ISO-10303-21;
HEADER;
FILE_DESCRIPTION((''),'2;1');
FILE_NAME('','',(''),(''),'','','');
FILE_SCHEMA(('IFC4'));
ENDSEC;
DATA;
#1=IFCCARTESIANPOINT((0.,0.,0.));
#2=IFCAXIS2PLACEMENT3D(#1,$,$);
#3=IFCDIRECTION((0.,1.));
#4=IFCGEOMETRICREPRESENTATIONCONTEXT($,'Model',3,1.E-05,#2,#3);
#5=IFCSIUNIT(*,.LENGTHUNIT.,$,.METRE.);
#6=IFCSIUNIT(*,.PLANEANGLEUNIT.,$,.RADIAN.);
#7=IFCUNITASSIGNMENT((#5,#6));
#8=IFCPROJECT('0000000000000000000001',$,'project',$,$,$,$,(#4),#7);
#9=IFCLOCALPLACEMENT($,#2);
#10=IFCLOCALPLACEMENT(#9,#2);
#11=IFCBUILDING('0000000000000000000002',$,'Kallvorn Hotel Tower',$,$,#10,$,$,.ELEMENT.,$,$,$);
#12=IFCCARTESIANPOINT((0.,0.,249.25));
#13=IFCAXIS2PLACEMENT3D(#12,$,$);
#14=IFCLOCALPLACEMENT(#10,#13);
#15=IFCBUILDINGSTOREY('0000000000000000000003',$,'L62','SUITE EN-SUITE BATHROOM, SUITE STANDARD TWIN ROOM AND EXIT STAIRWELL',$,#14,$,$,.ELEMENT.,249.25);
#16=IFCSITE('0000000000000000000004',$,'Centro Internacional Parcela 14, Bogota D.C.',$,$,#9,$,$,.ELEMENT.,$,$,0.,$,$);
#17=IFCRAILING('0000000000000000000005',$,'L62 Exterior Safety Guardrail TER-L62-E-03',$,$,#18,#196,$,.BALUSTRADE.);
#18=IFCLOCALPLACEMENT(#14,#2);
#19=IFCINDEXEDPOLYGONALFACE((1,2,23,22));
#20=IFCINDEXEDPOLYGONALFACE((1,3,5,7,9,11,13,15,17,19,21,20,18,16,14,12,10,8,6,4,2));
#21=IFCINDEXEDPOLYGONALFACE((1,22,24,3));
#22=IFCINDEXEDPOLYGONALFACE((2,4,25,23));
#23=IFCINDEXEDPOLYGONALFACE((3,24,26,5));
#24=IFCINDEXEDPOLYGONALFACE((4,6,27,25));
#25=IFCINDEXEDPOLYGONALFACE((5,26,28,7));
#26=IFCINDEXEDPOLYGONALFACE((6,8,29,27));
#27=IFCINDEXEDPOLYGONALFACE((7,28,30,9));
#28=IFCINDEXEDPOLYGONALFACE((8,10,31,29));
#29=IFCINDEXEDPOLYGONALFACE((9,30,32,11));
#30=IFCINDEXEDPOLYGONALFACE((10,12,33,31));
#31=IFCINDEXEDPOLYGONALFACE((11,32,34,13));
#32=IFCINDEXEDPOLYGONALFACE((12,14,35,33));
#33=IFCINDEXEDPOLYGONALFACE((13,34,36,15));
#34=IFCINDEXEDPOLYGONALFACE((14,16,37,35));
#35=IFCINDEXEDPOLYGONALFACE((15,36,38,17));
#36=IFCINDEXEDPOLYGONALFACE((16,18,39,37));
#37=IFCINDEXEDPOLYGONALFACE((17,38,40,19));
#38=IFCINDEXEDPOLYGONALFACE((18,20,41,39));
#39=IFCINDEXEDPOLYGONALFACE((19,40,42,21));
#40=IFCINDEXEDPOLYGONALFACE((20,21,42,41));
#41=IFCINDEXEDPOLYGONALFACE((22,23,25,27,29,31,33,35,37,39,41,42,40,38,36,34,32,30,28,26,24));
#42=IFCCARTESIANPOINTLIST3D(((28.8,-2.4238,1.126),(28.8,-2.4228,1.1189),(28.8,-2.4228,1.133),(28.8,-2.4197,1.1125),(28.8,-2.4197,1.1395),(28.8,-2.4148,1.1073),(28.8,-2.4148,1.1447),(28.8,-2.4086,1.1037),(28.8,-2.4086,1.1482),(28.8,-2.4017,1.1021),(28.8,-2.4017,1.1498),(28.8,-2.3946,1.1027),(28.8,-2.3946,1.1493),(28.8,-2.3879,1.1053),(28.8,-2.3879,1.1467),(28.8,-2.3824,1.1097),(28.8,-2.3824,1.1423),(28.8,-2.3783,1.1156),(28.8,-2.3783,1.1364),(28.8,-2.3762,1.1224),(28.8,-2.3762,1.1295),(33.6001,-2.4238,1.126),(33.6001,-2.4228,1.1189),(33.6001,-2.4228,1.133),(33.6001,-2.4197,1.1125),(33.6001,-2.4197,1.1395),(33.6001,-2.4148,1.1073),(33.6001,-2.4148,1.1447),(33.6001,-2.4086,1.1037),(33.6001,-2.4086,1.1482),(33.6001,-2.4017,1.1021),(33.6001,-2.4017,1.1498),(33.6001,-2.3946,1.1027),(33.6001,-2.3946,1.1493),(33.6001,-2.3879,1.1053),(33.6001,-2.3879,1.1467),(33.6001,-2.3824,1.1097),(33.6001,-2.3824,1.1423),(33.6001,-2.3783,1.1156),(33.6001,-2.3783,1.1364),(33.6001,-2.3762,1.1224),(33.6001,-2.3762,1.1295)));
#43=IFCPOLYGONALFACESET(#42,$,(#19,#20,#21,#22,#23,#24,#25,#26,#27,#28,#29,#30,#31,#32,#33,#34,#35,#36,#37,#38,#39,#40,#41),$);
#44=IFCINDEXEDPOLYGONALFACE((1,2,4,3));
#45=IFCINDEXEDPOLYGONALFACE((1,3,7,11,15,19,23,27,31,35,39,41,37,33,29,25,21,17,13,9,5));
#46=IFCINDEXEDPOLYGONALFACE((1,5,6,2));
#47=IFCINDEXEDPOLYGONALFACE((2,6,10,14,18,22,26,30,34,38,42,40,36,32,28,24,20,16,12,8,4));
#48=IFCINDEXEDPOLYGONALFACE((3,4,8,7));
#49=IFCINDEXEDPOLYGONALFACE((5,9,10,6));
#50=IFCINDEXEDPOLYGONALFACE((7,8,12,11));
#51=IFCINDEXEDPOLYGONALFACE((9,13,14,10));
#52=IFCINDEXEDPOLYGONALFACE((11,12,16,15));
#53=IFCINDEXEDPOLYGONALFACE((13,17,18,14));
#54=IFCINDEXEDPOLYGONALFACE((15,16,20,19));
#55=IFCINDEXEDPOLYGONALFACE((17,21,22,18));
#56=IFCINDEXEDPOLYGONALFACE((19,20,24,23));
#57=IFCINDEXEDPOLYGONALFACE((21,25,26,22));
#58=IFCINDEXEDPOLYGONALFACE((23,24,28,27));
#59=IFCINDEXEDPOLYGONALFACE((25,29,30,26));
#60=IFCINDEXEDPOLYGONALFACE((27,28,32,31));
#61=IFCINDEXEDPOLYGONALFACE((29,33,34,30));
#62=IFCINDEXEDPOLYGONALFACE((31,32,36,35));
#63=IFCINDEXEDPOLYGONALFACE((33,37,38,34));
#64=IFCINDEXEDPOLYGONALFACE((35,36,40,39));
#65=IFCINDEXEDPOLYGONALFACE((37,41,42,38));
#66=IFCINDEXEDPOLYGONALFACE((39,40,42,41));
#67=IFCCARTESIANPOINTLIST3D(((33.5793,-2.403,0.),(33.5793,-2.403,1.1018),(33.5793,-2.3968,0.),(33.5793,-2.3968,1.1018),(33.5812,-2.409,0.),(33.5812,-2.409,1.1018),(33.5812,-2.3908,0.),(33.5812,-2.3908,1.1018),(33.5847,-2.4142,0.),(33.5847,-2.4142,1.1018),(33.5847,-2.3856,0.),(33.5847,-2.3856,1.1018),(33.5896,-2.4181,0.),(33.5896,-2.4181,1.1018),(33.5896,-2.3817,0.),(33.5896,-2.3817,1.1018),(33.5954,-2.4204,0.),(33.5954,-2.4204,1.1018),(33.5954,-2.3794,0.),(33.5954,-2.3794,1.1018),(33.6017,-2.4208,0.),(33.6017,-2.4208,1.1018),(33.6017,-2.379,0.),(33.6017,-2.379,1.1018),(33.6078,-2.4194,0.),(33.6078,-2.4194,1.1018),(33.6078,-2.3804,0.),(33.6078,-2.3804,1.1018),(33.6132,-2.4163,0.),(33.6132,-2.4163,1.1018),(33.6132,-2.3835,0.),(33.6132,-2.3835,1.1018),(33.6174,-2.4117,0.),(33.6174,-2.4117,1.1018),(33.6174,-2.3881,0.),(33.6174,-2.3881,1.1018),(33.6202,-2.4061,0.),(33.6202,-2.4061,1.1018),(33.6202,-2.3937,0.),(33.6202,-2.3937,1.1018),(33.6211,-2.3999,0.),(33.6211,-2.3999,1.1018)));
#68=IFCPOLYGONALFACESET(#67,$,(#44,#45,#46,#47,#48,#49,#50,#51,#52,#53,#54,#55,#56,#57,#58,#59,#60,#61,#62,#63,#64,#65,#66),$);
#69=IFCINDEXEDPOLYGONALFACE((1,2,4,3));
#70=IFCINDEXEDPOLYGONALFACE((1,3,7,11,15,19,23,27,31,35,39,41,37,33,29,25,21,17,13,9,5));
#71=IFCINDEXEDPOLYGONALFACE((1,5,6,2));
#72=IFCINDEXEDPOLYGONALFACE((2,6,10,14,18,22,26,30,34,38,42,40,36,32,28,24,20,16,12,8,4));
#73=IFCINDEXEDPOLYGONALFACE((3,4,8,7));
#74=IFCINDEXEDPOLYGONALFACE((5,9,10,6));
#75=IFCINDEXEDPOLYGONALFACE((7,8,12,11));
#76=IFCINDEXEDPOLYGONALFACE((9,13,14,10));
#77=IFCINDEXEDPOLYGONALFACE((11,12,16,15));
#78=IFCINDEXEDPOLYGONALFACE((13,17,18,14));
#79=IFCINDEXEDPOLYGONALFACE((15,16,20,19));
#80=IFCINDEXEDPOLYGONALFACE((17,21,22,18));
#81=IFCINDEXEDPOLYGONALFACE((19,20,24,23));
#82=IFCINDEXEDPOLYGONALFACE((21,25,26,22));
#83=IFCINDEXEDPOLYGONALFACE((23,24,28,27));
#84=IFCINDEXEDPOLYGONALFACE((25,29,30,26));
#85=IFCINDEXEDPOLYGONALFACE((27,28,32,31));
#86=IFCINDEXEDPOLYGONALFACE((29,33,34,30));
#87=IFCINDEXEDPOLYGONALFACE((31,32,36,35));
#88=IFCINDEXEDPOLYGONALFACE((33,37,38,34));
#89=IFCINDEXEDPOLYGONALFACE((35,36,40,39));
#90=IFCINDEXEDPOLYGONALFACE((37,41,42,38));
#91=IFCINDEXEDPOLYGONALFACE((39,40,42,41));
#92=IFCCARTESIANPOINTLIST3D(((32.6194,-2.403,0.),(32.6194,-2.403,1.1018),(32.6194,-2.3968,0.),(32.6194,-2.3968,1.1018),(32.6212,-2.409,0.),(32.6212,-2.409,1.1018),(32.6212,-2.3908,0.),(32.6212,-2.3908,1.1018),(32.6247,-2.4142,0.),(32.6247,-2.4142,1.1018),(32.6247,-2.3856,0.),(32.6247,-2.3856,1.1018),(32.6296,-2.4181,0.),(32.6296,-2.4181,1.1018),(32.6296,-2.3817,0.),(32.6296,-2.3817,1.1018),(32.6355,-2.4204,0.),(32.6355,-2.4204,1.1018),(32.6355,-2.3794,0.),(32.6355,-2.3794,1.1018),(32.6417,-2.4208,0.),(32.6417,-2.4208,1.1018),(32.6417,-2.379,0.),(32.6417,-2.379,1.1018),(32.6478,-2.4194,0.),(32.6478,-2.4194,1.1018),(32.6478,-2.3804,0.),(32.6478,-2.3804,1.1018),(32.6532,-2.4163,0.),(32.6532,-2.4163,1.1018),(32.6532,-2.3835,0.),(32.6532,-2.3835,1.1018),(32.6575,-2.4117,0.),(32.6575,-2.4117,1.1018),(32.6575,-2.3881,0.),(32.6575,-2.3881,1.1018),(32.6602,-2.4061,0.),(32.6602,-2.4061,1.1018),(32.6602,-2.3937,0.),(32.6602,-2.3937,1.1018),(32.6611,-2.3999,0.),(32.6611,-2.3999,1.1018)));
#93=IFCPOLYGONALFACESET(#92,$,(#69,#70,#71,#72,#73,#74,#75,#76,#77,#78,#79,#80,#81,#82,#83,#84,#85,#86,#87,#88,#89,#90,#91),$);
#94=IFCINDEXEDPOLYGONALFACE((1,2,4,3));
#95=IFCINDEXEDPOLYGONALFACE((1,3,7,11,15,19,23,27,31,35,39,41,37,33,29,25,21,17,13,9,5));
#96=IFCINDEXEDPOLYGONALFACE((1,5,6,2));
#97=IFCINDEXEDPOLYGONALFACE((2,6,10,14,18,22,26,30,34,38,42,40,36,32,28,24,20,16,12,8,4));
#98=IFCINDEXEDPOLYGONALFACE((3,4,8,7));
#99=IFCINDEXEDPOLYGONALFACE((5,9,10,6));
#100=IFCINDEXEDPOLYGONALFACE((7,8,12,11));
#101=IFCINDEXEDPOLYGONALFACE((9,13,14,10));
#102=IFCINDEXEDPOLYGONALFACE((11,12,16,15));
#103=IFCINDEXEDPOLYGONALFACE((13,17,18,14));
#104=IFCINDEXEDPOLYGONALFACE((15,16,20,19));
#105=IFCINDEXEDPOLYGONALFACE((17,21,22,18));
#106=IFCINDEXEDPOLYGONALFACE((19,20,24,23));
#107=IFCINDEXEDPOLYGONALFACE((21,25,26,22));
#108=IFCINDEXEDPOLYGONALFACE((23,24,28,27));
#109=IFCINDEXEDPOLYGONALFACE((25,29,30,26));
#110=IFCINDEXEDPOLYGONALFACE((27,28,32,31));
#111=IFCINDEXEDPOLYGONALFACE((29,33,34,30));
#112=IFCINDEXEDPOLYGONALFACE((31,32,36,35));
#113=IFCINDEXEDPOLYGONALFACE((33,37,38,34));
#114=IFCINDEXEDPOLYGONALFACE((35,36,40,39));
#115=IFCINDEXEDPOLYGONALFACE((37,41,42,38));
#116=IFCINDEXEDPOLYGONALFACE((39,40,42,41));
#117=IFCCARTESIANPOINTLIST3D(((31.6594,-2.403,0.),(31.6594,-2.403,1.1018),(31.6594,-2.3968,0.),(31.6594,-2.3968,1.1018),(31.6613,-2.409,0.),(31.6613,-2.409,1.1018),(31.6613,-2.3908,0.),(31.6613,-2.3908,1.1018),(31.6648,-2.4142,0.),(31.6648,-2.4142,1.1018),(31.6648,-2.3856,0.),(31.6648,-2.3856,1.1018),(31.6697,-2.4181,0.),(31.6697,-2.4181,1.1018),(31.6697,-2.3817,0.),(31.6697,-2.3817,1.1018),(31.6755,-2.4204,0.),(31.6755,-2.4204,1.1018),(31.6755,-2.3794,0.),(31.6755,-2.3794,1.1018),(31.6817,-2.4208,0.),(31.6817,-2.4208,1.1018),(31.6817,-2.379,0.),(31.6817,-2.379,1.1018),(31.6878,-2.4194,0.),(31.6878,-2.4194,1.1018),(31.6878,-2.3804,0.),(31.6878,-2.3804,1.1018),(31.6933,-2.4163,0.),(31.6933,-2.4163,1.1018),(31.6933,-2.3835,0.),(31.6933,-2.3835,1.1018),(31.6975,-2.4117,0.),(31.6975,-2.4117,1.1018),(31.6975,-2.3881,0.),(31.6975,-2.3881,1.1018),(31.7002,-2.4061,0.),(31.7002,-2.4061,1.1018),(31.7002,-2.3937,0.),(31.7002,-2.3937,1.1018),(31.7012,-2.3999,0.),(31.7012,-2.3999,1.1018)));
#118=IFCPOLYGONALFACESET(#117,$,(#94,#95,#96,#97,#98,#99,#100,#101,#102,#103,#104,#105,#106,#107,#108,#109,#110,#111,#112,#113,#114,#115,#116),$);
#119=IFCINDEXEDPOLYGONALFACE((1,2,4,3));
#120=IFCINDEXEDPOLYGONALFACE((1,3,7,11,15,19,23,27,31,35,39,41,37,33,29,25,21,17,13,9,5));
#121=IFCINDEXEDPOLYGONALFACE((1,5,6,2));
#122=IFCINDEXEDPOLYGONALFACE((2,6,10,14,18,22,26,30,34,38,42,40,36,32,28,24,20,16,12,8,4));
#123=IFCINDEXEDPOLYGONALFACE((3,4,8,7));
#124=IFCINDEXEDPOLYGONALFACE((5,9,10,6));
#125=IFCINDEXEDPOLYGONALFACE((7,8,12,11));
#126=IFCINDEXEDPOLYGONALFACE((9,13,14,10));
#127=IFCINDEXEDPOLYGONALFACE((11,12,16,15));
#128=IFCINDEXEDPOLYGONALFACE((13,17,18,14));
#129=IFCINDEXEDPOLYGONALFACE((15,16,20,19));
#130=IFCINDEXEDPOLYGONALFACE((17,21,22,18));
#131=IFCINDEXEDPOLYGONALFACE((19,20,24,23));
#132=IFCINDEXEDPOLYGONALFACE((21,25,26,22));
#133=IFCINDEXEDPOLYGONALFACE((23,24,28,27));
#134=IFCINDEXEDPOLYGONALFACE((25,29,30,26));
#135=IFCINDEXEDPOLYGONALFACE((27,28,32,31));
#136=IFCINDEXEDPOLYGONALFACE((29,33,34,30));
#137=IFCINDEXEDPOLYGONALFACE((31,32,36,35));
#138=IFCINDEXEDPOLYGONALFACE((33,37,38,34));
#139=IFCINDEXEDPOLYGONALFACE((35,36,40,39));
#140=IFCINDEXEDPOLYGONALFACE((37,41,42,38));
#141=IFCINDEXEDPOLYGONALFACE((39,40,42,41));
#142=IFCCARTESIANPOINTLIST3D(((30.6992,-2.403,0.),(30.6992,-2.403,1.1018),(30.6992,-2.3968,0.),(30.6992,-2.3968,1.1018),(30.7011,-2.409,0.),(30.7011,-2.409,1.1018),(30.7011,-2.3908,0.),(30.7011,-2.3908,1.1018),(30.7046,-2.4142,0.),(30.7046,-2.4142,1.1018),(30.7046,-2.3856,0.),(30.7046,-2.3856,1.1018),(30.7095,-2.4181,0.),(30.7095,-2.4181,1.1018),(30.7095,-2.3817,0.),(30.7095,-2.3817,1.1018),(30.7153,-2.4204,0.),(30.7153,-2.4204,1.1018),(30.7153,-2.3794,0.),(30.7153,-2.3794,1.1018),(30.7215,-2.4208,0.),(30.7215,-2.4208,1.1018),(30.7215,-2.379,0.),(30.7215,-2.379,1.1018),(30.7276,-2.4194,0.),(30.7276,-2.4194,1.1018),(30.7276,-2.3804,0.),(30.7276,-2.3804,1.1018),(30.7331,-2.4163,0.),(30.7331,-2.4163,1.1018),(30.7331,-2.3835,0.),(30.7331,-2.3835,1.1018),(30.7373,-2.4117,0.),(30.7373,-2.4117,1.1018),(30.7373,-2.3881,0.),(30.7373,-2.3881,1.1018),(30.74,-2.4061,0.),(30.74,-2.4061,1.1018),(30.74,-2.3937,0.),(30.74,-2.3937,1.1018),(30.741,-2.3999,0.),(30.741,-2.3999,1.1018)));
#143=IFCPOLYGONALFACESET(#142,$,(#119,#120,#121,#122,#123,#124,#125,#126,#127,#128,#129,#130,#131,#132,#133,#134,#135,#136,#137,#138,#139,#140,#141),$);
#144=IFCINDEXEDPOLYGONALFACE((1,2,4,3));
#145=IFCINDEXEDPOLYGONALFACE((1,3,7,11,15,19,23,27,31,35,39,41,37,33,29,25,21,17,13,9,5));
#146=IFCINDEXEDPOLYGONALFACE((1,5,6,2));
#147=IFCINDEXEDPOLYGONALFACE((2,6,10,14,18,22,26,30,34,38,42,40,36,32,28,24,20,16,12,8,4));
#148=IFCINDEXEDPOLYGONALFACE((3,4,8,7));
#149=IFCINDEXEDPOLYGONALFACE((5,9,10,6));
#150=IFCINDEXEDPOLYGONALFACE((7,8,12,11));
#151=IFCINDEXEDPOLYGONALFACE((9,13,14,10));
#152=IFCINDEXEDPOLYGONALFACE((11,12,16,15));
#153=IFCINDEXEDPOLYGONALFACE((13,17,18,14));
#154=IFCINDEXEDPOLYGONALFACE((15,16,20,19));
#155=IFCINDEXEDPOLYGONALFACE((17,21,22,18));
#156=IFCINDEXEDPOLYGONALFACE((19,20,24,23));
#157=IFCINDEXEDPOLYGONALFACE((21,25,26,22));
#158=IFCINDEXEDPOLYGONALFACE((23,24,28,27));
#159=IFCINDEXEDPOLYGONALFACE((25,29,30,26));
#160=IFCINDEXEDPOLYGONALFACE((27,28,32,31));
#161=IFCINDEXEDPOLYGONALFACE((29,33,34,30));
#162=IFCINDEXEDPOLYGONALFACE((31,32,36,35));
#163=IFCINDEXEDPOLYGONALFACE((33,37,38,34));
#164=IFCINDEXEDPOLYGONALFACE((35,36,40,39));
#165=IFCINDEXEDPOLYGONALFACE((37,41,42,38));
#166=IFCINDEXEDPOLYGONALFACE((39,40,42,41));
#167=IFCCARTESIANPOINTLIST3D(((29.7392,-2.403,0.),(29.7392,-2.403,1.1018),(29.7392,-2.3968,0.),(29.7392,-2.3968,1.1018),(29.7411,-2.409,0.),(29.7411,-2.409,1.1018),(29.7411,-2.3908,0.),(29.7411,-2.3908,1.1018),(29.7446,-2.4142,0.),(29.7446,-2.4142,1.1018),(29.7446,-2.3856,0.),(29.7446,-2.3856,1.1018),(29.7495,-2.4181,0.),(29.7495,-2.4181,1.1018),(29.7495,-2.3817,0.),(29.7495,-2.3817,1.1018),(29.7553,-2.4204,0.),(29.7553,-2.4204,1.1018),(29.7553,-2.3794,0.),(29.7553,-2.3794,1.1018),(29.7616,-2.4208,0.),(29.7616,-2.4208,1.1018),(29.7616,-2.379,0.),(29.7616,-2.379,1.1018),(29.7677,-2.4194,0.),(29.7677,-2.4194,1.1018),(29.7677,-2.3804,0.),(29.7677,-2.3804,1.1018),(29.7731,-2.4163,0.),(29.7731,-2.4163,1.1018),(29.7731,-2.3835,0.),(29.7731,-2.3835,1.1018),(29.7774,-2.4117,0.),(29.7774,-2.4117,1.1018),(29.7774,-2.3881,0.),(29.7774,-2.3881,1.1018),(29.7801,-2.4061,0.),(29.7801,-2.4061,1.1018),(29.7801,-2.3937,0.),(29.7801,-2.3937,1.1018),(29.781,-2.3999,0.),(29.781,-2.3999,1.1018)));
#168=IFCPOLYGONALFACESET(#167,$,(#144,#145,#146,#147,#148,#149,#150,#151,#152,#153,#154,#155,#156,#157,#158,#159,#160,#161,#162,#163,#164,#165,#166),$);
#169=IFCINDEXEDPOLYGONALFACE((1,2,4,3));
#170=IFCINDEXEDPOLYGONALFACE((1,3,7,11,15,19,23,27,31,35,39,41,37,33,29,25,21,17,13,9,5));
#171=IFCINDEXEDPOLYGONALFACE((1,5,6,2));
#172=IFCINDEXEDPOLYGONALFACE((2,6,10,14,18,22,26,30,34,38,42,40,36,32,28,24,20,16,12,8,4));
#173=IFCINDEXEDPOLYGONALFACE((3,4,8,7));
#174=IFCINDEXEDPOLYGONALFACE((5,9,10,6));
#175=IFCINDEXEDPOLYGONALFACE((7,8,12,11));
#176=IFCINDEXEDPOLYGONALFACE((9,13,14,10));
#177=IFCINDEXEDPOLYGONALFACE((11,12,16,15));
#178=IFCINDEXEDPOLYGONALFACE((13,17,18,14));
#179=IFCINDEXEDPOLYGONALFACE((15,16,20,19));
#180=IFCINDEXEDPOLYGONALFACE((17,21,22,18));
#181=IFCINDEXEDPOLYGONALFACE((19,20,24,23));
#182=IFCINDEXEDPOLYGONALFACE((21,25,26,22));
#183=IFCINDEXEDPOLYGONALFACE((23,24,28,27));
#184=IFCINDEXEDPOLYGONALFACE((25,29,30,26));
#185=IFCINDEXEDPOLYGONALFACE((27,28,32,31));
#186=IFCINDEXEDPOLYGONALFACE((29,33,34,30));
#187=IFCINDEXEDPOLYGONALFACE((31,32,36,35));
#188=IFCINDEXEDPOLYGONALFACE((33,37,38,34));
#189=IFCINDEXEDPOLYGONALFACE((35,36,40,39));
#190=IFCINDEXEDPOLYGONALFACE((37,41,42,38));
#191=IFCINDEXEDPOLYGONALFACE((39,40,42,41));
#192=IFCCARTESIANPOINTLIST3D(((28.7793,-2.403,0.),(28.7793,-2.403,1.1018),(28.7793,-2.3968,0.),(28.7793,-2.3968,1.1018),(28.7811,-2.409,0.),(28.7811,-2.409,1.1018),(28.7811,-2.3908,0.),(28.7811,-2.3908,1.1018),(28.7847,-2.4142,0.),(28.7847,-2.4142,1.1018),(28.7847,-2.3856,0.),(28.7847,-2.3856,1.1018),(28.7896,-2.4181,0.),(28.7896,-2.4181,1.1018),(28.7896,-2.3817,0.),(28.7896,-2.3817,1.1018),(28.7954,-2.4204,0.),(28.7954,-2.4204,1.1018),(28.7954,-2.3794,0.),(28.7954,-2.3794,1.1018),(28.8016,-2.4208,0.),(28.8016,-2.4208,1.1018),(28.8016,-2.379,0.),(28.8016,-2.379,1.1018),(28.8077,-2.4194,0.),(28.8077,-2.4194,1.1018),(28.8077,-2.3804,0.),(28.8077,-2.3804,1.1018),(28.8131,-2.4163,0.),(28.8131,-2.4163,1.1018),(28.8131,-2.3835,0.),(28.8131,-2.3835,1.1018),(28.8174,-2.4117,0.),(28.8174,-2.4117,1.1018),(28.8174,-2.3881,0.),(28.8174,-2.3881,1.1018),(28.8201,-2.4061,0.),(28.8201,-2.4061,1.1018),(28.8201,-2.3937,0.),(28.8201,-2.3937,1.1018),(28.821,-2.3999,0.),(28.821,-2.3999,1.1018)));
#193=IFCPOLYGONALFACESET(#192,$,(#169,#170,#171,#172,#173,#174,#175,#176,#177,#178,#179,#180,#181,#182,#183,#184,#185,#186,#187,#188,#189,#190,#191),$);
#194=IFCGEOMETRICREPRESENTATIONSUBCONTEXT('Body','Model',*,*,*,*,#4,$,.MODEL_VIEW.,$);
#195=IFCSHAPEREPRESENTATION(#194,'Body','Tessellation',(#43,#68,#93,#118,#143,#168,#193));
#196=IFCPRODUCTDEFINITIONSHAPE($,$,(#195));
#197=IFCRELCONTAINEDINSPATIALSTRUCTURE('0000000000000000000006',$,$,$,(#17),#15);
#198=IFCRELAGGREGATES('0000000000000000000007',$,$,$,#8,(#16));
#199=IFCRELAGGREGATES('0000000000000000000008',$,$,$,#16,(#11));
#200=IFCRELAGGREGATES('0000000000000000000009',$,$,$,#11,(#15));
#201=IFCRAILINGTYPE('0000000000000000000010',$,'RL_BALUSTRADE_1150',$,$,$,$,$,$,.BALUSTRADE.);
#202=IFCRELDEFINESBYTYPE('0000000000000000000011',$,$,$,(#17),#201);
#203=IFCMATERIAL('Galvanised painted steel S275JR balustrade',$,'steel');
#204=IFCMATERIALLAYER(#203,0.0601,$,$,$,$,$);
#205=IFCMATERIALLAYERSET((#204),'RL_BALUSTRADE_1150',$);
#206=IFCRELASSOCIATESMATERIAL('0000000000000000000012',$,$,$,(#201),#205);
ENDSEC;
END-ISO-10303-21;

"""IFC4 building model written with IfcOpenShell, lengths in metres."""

from ifc_helpers import new_model, si_unit, direction, frame, origin, origin_2d, place, context, subcontext, project, spatial, circle, extrude, material, layer, layer_set, type_object, element, save


model = new_model("IFC4")

# Units and contexts
model_context = context("Model", 3, precision=1e-05, world=origin(), true_north=direction((0.0, 1.0)))
body_context = subcontext(model_context, "Body", "Model", "MODEL_VIEW")
ifc_project = project(units=[si_unit("LENGTHUNIT", "METRE"), si_unit("PLANEANGLEUNIT", "RADIAN")], contexts=[model_context])

# Site, building, storey
site_placement = place(None, origin())
site = spatial("IfcSite", under=ifc_project, at=site_placement, Name="Centro Internacional Parcela 14, Bogota D.C.", CompositionType="ELEMENT", RefElevation=0.0)
building_placement = place(site_placement, origin())
building = spatial("IfcBuilding", under=site, at=building_placement, Name="Kallvorn Hotel Tower", CompositionType="ELEMENT")
storey_placement = place(building_placement, frame((0.0, 0.0, 249.25)))
storey = spatial("IfcBuildingStorey", under=building, at=storey_placement, Name="L62", Description="SUITE EN-SUITE BATHROOM, SUITE STANDARD TWIN ROOM AND EXIT STAIRWELL", CompositionType="ELEMENT", Elevation=249.25)

# Railing
ifc_material_1 = material(Name="Galvanised painted steel S275JR balustrade", Category="steel")
ifc_layer_1 = layer(ifc_material_1, 0.0601)
ifc_layer_set_1 = layer_set([ifc_layer_1], Name="RL_BALUSTRADE_1150")
railing_type = type_object("IfcRailingType", Name="RL_BALUSTRADE_1150", PredefinedType="BALUSTRADE", material=ifc_layer_set_1)
railing_1_placement = place(storey_placement, frame((33.6001, -2.3999, 0.0)))
element("IfcRailing", 1, at=railing_1_placement, inside=storey, type_object=railing_type, Name="L62 Exterior Safety Guardrail TER-L62-E-03", PredefinedType="BALUSTRADE", context=body_context, shape_type="SweptSolid", body=[
    extrude(circle(Radius=0.0239, at=origin_2d()), frame((0.0, 0.0, 1.126), z_axis=(-1.0, 0.0, 0.0), x_axis=(0.0, -1.0, 0.0)), (0.0, 0.0, 1.0), 4.8),
    extrude(circle(Radius=0.021, at=origin_2d()), origin(), (0.0, 0.0, 1.0), 1.1018),
    extrude(circle(Radius=0.021, at=origin_2d()), frame((-0.96, 0.0, 0.0)), (0.0, 0.0, 1.0), 1.1018),
    extrude(circle(Radius=0.021, at=origin_2d()), frame((-1.9199, 0.0, 0.0)), (0.0, 0.0, 1.0), 1.1018),
    extrude(circle(Radius=0.021, at=origin_2d()), frame((-2.8801, 0.0, 0.0)), (0.0, 0.0, 1.0), 1.1018),
    extrude(circle(Radius=0.021, at=origin_2d()), frame((-3.8401, 0.0, 0.0)), (0.0, 0.0, 1.0), 1.1018),
    extrude(circle(Radius=0.021, at=origin_2d()), frame((-4.8, 0.0, 0.0)), (0.0, 0.0, 1.0), 1.1018),
])

save(model, "model.ifc")
